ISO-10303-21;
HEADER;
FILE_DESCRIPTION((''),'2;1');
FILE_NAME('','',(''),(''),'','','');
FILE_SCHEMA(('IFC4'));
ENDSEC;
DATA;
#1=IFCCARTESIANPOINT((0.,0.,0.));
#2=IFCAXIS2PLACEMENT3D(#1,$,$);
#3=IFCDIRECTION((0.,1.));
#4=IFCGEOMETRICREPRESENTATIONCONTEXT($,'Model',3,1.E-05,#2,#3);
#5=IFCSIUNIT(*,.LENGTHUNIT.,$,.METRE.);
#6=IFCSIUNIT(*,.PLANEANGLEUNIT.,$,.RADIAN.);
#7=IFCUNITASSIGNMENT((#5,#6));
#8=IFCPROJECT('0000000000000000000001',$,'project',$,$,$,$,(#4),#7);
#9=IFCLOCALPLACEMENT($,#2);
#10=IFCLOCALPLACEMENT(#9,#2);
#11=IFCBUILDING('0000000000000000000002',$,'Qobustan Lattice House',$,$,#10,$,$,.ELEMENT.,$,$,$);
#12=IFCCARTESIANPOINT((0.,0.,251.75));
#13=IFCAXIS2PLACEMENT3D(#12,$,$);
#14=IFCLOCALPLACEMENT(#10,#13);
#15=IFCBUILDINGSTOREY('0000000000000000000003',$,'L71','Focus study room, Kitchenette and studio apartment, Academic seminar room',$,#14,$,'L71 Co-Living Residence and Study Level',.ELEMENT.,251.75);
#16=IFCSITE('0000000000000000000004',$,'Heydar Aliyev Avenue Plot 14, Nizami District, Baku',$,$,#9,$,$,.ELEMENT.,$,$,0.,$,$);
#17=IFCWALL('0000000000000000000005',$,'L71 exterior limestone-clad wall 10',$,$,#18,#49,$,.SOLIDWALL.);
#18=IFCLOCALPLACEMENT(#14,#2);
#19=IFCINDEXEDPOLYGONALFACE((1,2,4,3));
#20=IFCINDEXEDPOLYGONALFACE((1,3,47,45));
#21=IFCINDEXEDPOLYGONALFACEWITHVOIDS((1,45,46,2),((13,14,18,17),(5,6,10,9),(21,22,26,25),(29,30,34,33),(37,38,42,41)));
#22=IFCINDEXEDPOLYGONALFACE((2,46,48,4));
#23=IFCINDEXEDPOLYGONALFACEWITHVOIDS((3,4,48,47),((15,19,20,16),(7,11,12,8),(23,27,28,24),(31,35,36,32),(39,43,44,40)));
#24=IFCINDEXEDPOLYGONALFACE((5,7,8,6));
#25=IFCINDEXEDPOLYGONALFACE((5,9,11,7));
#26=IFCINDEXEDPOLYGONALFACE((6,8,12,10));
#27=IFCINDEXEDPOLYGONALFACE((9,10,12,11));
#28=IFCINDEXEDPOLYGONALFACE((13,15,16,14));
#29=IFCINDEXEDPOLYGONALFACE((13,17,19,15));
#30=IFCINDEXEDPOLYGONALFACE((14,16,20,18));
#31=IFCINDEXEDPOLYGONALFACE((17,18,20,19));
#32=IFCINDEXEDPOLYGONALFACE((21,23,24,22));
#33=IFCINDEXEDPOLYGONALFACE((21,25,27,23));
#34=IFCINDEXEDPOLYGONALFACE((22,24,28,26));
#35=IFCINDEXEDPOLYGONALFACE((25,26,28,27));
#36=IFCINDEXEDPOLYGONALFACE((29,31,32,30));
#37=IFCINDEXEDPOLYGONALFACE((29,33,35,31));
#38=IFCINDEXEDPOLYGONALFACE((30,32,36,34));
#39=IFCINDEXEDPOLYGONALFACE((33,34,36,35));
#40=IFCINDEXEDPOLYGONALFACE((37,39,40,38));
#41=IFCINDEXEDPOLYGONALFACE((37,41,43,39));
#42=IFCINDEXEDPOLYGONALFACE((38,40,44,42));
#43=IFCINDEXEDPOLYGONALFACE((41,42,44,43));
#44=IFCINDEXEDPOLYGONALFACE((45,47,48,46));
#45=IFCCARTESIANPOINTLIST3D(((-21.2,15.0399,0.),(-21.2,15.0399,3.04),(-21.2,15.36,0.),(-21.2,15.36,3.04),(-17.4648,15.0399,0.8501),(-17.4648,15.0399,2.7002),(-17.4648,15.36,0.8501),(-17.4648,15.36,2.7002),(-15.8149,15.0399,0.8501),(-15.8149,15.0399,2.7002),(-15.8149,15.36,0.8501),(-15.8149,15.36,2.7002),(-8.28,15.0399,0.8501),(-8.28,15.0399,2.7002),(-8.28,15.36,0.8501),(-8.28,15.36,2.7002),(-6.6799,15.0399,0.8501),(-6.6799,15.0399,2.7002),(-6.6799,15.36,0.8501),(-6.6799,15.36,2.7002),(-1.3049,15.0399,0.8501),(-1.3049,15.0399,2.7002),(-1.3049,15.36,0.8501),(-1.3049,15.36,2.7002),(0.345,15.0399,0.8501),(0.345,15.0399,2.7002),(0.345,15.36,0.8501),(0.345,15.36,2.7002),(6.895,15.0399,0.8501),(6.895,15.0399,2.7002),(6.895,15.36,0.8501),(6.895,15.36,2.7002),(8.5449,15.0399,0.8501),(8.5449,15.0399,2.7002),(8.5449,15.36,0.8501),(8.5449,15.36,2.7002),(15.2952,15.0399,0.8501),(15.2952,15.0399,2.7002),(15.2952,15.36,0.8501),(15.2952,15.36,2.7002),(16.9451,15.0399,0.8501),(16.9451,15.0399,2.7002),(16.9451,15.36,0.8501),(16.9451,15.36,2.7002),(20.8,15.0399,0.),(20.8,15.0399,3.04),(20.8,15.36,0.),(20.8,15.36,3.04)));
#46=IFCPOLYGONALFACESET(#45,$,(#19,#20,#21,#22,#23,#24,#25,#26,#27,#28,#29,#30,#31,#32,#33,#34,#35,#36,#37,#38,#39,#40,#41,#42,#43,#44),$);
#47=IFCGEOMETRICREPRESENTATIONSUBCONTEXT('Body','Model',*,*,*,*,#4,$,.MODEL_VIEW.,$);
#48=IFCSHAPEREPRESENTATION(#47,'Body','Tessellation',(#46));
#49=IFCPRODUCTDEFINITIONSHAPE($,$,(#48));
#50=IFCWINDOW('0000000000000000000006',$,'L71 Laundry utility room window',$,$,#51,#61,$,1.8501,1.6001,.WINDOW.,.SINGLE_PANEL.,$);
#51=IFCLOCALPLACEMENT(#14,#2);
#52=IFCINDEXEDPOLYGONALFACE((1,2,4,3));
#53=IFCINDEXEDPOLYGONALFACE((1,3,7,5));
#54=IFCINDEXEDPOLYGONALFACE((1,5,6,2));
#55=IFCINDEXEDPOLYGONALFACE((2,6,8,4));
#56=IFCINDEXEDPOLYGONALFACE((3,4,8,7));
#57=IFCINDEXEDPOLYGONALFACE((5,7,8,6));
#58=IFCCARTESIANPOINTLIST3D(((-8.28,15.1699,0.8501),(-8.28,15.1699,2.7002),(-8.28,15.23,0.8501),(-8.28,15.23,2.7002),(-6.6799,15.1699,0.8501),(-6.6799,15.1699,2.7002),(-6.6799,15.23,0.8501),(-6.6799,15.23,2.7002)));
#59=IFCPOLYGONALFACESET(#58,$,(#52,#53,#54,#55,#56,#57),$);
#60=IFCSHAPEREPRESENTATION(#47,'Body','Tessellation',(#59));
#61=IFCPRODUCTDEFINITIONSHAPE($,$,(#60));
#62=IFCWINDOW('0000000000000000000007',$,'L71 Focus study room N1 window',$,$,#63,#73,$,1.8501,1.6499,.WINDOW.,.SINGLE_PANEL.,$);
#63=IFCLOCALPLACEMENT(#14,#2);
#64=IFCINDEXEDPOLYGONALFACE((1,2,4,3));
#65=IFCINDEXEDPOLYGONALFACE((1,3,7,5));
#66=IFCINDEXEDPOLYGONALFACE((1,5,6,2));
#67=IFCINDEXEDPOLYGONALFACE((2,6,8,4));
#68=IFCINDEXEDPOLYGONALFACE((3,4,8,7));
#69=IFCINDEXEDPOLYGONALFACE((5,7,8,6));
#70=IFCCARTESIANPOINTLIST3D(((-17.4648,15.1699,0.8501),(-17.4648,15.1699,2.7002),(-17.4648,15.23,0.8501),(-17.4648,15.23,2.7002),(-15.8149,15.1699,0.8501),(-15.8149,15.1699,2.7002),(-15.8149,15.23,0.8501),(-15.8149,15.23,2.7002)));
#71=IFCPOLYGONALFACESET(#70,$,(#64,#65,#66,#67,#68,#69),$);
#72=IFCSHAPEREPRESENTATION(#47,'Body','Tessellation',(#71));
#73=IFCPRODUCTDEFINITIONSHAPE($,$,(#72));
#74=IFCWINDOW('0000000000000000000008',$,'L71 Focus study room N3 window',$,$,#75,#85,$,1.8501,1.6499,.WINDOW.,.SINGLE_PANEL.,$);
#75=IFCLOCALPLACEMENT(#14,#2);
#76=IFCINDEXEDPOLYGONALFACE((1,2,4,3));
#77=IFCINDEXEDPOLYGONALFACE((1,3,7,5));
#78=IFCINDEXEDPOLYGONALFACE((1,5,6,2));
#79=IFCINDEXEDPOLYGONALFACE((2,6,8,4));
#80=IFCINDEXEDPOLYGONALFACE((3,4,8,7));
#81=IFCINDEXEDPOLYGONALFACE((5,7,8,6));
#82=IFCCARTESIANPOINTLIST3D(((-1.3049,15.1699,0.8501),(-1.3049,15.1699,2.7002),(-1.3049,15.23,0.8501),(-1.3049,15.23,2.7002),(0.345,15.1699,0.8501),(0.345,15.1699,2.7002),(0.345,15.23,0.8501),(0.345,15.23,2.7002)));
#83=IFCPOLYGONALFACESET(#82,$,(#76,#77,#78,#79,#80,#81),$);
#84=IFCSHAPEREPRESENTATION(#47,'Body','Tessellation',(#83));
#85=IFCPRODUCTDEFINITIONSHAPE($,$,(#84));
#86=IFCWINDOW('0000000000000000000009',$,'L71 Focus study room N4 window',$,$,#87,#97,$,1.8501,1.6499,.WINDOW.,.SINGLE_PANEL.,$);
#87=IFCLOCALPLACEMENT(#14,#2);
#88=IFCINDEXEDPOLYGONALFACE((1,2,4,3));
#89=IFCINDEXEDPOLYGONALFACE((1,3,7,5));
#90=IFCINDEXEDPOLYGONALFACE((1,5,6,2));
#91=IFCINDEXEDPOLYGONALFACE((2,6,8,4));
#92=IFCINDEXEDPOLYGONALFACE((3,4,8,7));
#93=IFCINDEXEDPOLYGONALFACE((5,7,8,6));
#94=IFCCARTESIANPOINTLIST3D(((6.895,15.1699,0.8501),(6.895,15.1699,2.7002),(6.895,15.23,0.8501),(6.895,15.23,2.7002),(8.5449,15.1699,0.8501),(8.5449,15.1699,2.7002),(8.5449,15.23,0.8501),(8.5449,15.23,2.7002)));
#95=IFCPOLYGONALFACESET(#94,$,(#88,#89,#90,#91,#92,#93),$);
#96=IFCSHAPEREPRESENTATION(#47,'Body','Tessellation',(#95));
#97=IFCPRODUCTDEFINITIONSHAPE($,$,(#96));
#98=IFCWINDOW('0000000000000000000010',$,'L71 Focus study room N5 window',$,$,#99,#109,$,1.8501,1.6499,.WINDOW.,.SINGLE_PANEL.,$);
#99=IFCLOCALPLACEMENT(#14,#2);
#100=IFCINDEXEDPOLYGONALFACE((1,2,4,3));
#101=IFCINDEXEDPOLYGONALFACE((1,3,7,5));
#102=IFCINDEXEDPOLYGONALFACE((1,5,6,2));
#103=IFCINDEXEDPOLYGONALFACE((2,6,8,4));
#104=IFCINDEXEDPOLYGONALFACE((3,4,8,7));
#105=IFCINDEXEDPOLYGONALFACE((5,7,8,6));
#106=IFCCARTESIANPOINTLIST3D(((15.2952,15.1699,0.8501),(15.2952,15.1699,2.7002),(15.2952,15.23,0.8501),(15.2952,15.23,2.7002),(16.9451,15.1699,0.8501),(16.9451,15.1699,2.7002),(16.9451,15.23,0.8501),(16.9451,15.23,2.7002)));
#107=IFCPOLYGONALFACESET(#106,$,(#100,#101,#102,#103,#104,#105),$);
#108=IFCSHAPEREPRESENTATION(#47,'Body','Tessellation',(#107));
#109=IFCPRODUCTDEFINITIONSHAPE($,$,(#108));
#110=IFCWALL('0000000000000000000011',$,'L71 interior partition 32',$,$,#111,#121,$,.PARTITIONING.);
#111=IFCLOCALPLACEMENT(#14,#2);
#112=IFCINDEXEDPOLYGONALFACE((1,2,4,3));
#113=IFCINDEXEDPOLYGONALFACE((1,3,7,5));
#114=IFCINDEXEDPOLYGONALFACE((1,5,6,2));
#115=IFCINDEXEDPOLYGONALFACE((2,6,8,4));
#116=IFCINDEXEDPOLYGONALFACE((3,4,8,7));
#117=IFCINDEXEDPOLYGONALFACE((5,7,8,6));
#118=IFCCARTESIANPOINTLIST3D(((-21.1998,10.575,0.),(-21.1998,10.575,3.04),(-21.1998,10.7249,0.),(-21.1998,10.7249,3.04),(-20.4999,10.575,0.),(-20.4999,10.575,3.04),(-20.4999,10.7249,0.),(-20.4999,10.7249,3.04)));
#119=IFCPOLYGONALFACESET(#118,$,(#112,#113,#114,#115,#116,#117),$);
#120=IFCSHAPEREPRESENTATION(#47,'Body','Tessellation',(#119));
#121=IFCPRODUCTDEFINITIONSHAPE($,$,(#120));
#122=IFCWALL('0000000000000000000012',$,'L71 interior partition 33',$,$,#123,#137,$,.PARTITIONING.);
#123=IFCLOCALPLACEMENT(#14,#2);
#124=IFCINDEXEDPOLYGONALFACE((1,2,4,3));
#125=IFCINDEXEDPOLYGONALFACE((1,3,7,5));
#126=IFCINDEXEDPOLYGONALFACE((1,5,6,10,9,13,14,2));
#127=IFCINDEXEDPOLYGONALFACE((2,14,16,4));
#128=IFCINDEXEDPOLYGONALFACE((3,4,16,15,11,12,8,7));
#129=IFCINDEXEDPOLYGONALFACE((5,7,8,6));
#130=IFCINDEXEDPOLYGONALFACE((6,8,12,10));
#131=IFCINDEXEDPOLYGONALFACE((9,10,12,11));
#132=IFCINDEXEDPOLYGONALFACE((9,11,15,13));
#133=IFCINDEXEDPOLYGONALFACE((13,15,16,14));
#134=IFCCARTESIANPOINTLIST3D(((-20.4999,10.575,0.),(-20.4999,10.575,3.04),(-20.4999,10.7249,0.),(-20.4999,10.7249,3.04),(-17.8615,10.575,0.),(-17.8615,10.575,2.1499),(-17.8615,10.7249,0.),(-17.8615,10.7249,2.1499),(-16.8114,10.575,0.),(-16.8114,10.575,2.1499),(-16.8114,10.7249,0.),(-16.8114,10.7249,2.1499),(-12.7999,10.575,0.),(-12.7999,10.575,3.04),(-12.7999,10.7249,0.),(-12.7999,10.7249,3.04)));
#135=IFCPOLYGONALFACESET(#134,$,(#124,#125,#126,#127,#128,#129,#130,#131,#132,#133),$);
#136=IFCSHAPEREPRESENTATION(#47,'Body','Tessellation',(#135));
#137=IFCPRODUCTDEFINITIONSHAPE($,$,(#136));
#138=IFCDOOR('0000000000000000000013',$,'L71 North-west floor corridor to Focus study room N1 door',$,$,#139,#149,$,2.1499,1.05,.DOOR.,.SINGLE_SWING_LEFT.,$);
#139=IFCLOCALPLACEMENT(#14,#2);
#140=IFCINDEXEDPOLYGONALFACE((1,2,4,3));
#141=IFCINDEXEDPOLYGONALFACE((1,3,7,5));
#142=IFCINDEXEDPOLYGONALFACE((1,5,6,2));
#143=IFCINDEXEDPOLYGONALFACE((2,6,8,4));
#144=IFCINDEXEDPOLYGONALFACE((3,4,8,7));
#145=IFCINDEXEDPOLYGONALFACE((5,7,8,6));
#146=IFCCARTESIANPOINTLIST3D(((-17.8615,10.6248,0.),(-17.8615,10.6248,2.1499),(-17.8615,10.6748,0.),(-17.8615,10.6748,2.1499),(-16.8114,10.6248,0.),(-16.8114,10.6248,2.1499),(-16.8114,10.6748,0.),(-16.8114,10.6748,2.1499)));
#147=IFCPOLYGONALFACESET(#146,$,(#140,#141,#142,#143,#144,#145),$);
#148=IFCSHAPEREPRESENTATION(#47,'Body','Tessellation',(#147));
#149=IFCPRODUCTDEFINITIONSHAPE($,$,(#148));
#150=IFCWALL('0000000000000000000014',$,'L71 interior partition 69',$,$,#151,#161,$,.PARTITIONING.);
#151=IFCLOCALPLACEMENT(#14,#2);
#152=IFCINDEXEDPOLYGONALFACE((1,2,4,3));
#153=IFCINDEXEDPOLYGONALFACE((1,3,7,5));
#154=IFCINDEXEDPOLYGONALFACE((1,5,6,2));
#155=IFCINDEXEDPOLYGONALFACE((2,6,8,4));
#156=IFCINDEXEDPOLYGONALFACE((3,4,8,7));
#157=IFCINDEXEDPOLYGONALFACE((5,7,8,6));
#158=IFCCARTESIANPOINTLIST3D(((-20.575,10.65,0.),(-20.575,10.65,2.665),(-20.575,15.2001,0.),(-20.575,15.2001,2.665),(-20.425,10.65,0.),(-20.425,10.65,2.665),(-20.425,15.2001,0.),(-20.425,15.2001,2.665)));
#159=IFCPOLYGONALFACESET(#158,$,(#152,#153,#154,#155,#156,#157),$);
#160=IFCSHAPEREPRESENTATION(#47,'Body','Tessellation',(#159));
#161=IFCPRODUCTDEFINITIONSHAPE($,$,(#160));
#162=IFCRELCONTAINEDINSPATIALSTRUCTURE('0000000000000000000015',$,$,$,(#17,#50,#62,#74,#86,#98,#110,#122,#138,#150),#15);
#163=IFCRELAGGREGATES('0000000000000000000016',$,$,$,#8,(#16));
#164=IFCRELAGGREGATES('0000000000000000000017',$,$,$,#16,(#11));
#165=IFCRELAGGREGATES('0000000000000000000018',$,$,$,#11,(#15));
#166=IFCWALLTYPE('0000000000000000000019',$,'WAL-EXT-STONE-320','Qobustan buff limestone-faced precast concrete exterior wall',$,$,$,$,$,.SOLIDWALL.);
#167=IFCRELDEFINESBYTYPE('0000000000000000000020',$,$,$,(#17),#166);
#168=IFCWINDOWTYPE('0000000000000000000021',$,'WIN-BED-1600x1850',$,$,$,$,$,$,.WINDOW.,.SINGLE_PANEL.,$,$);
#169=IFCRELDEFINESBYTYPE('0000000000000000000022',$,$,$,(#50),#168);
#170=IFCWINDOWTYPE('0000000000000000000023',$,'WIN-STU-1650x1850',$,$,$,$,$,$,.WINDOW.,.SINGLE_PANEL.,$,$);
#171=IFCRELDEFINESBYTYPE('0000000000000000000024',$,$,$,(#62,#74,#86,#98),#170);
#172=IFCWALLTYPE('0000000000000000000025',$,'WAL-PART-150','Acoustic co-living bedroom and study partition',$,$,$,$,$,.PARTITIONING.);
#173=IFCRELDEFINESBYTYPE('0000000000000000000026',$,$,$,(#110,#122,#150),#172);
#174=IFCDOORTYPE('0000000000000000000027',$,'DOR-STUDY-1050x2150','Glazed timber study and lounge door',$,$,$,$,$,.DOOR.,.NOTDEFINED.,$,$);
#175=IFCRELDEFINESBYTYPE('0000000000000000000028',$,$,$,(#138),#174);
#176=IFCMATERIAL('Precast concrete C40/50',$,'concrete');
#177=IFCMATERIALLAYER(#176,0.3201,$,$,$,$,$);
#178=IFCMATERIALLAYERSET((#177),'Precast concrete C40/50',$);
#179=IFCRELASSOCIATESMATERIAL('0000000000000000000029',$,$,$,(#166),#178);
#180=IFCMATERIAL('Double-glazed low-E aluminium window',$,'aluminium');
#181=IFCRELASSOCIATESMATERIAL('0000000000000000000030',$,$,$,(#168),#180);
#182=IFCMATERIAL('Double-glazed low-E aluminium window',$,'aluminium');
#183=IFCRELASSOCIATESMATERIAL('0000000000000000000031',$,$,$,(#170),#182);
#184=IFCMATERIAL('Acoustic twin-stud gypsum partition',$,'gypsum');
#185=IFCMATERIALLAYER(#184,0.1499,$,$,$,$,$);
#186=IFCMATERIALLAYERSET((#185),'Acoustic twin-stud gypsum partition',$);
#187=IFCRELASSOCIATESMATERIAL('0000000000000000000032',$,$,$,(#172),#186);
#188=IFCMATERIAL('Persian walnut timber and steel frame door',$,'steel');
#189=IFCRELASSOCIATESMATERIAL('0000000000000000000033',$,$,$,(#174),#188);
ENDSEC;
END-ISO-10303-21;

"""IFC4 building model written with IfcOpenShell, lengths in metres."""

from ifc_helpers import new_model, si_unit, direction, frame, frame_2d, origin, place, context, subcontext, project, spatial, rectangle, extrude, material, layer, layer_set, type_object, element, fill, save


model = new_model("IFC4")

# Units and contexts
model_context = context("Model", 3, precision=1e-05, world=origin(), true_north=direction((0.0, 1.0)))
body_context = subcontext(model_context, "Body", "Model", "MODEL_VIEW")
ifc_project = project(units=[si_unit("LENGTHUNIT", "METRE"), si_unit("PLANEANGLEUNIT", "RADIAN")], contexts=[model_context])

# Site, building, storey
site_placement = place(None, origin())
site = spatial("IfcSite", under=ifc_project, at=site_placement, Name="Heydar Aliyev Avenue Plot 14, Nizami District, Baku", CompositionType="ELEMENT", RefElevation=0.0)
building_placement = place(site_placement, origin())
building = spatial("IfcBuilding", under=site, at=building_placement, Name="Qobustan Lattice House", CompositionType="ELEMENT")
storey_placement = place(building_placement, frame((0.0, 0.0, 251.75)))
storey = spatial("IfcBuildingStorey", under=building, at=storey_placement, Name="L71", Description="Focus study room, Kitchenette and studio apartment, Academic seminar room", LongName="L71 Co-Living Residence and Study Level", CompositionType="ELEMENT", Elevation=251.75)

# Shared definitions
ifc_material_1 = material(Name="Precast concrete C40/50", Category="concrete")
ifc_layer_1 = layer(ifc_material_1, 0.3201)
ifc_layer_set_1 = layer_set([ifc_layer_1], Name="Precast concrete C40/50")
wall_type_1 = type_object("IfcWallType", Name="WAL-EXT-STONE-320", Description="Qobustan buff limestone-faced precast concrete exterior wall", PredefinedType="SOLIDWALL", material=ifc_layer_set_1)

# Wall, openings, windows
wall_1_placement = place(storey_placement, frame((-21.2, 15.2, 0.0), z_axis=(0.0, 0.0, 1.0), x_axis=(1.0, 0.0, 0.0)))
wall_1 = element("IfcWall", 1, at=wall_1_placement, inside=storey, type_object=wall_type_1, Name="L71 exterior limestone-clad wall 10", PredefinedType="SOLIDWALL", context=body_context, shape_type="SweptSolid", body=[
    extrude(rectangle(XDim=42.0, YDim=0.3201, at=frame_2d((21.0, 0.0))), origin(), (0.0, 0.0, 1.0), 3.04),
])
opening_1_placement = place(wall_1_placement, frame((3.7351, 0.0, 0.8501)))
opening_1 = element("IfcOpeningElement", 2, at=opening_1_placement, cuts=wall_1, PredefinedType="OPENING", context=body_context, shape_type="SweptSolid", body=[
    extrude(rectangle(XDim=1.6499, YDim=1.8501, at=frame_2d((0.825, 0.925))), frame((0.0, 0.1699, 0.0), z_axis=(0.0, -1.0, 0.0), x_axis=(1.0, 0.0, 0.0)), (0.0, 0.0, 1.0), 0.3401),
])
opening_2_placement = place(wall_1_placement, frame((12.9199, 0.0, 0.8501)))
opening_2 = element("IfcOpeningElement", 3, at=opening_2_placement, cuts=wall_1, PredefinedType="OPENING", context=body_context, shape_type="SweptSolid", body=[
    extrude(rectangle(XDim=1.6001, YDim=1.8501, at=frame_2d((0.8, 0.925))), frame((0.0, 0.1699, 0.0), z_axis=(0.0, -1.0, 0.0), x_axis=(1.0, 0.0, 0.0)), (0.0, 0.0, 1.0), 0.3401),
])
opening_3_placement = place(wall_1_placement, frame((19.895, 0.0, 0.8501)))
opening_3 = element("IfcOpeningElement", 4, at=opening_3_placement, cuts=wall_1, PredefinedType="OPENING", context=body_context, shape_type="SweptSolid", body=[
    extrude(rectangle(XDim=1.6499, YDim=1.8501, at=frame_2d((0.825, 0.925))), frame((0.0, 0.1699, 0.0), z_axis=(0.0, -1.0, 0.0), x_axis=(1.0, 0.0, 0.0)), (0.0, 0.0, 1.0), 0.3401),
])
opening_4_placement = place(wall_1_placement, frame((28.095, 0.0, 0.8501)))
opening_4 = element("IfcOpeningElement", 5, at=opening_4_placement, cuts=wall_1, PredefinedType="OPENING", context=body_context, shape_type="SweptSolid", body=[
    extrude(rectangle(XDim=1.6499, YDim=1.8501, at=frame_2d((0.825, 0.925))), frame((0.0, 0.1699, 0.0), z_axis=(0.0, -1.0, 0.0), x_axis=(1.0, 0.0, 0.0)), (0.0, 0.0, 1.0), 0.3401),
])
opening_5_placement = place(wall_1_placement, frame((36.4951, 0.0, 0.8501)))
opening_5 = element("IfcOpeningElement", 6, at=opening_5_placement, cuts=wall_1, PredefinedType="OPENING", context=body_context, shape_type="SweptSolid", body=[
    extrude(rectangle(XDim=1.6499, YDim=1.8501, at=frame_2d((0.825, 0.925))), frame((0.0, 0.1699, 0.0), z_axis=(0.0, -1.0, 0.0), x_axis=(1.0, 0.0, 0.0)), (0.0, 0.0, 1.0), 0.3401),
])
ifc_material_2 = material(Name="Double-glazed low-E aluminium window", Category="aluminium")
window_type_1 = type_object("IfcWindowType", Name="WIN-BED-1600x1850", PartitioningType="SINGLE_PANEL", PredefinedType="WINDOW", material=ifc_material_2)
window_1_placement = place(opening_2_placement, origin())
window_1 = element("IfcWindow", 7, at=window_1_placement, inside=storey, type_object=window_type_1, Name="L71 Laundry utility room window", OverallHeight=1.8501, OverallWidth=1.6001, PartitioningType="SINGLE_PANEL", PredefinedType="WINDOW", context=body_context, shape_type="SweptSolid", body=[
    extrude(rectangle(XDim=1.6001, YDim=1.8501, at=frame_2d((0.8, 0.925))), frame((0.0, 0.03, 0.0), z_axis=(0.0, -1.0, 0.0), x_axis=(1.0, 0.0, 0.0)), (0.0, 0.0, 1.0), 0.0601),
])
fill(opening_2, window_1)
ifc_material_3 = material(Name="Double-glazed low-E aluminium window", Category="aluminium")
window_type_2 = type_object("IfcWindowType", Name="WIN-STU-1650x1850", PartitioningType="SINGLE_PANEL", PredefinedType="WINDOW", material=ifc_material_3)
window_2_placement = place(opening_1_placement, origin())
window_2 = element("IfcWindow", 8, at=window_2_placement, inside=storey, type_object=window_type_2, Name="L71 Focus study room N1 window", OverallHeight=1.8501, OverallWidth=1.6499, PartitioningType="SINGLE_PANEL", PredefinedType="WINDOW", context=body_context, shape_type="SweptSolid", body=[
    extrude(rectangle(XDim=1.6499, YDim=1.8501, at=frame_2d((0.825, 0.925))), frame((0.0, 0.03, 0.0), z_axis=(0.0, -1.0, 0.0), x_axis=(1.0, 0.0, 0.0)), (0.0, 0.0, 1.0), 0.0601),
])
fill(opening_1, window_2)
window_3_placement = place(opening_3_placement, origin())
window_3 = element("IfcWindow", 9, at=window_3_placement, inside=storey, type_object=window_type_2, Name="L71 Focus study room N3 window", OverallHeight=1.8501, OverallWidth=1.6499, PartitioningType="SINGLE_PANEL", PredefinedType="WINDOW", context=body_context, shape_type="SweptSolid", body=[
    extrude(rectangle(XDim=1.6499, YDim=1.8501, at=frame_2d((0.825, 0.925))), frame((0.0, 0.03, 0.0), z_axis=(0.0, -1.0, 0.0), x_axis=(1.0, 0.0, 0.0)), (0.0, 0.0, 1.0), 0.0601),
])
fill(opening_3, window_3)
window_4_placement = place(opening_4_placement, origin())
window_4 = element("IfcWindow", 10, at=window_4_placement, inside=storey, type_object=window_type_2, Name="L71 Focus study room N4 window", OverallHeight=1.8501, OverallWidth=1.6499, PartitioningType="SINGLE_PANEL", PredefinedType="WINDOW", context=body_context, shape_type="SweptSolid", body=[
    extrude(rectangle(XDim=1.6499, YDim=1.8501, at=frame_2d((0.825, 0.925))), frame((0.0, 0.03, 0.0), z_axis=(0.0, -1.0, 0.0), x_axis=(1.0, 0.0, 0.0)), (0.0, 0.0, 1.0), 0.0601),
])
fill(opening_4, window_4)
window_5_placement = place(opening_5_placement, origin())
window_5 = element("IfcWindow", 11, at=window_5_placement, inside=storey, type_object=window_type_2, Name="L71 Focus study room N5 window", OverallHeight=1.8501, OverallWidth=1.6499, PartitioningType="SINGLE_PANEL", PredefinedType="WINDOW", context=body_context, shape_type="SweptSolid", body=[
    extrude(rectangle(XDim=1.6499, YDim=1.8501, at=frame_2d((0.825, 0.925))), frame((0.0, 0.03, 0.0), z_axis=(0.0, -1.0, 0.0), x_axis=(1.0, 0.0, 0.0)), (0.0, 0.0, 1.0), 0.0601),
])
fill(opening_5, window_5)

# Wall
ifc_material_4 = material(Name="Acoustic twin-stud gypsum partition", Category="gypsum")
ifc_layer_2 = layer(ifc_material_4, 0.1499)
ifc_layer_set_2 = layer_set([ifc_layer_2], Name="Acoustic twin-stud gypsum partition")
wall_type_2 = type_object("IfcWallType", Name="WAL-PART-150", Description="Acoustic co-living bedroom and study partition", PredefinedType="PARTITIONING", material=ifc_layer_set_2)
wall_2_placement = place(storey_placement, frame((-21.2, 10.6499, 0.0), z_axis=(0.0, 0.0, 1.0), x_axis=(1.0, 0.0, 0.0)))
element("IfcWall", 12, at=wall_2_placement, inside=storey, type_object=wall_type_2, Name="L71 interior partition 32", PredefinedType="PARTITIONING", context=body_context, shape_type="SweptSolid", body=[
    extrude(rectangle(XDim=0.7, YDim=0.1499, at=frame_2d((0.3501, 0.0))), origin(), (0.0, 0.0, 1.0), 3.04),
])

# Wall, opening, door
wall_3_placement = place(storey_placement, frame((-20.5, 10.6499, 0.0), z_axis=(0.0, 0.0, 1.0), x_axis=(1.0, 0.0, 0.0)))
wall_3 = element("IfcWall", 13, at=wall_3_placement, inside=storey, type_object=wall_type_2, Name="L71 interior partition 33", PredefinedType="PARTITIONING", context=body_context, shape_type="SweptSolid", body=[
    extrude(rectangle(XDim=7.7, YDim=0.1499, at=frame_2d((3.8501, 0.0))), origin(), (0.0, 0.0, 1.0), 3.04),
])
opening_6_placement = place(wall_3_placement, frame((2.6387, 0.0, 0.0)))
opening_6 = element("IfcOpeningElement", 14, at=opening_6_placement, cuts=wall_3, PredefinedType="OPENING", context=body_context, shape_type="SweptSolid", body=[
    extrude(rectangle(XDim=1.05, YDim=2.1499, at=frame_2d((0.5249, 1.075))), frame((0.0, 0.085, 0.0), z_axis=(0.0, -1.0, 0.0), x_axis=(1.0, 0.0, 0.0)), (0.0, 0.0, 1.0), 0.1699),
])
ifc_material_5 = material(Name="Persian walnut timber and steel frame door", Category="steel")
door_type = type_object("IfcDoorType", Name="DOR-STUDY-1050x2150", Description="Glazed timber study and lounge door", OperationType="NOTDEFINED", PredefinedType="DOOR", material=ifc_material_5)
door_placement = place(opening_6_placement, origin())
door = element("IfcDoor", 15, at=door_placement, inside=storey, type_object=door_type, Name="L71 North-west floor corridor to Focus study room N1 door", OperationType="SINGLE_SWING_LEFT", OverallHeight=2.1499, OverallWidth=1.05, PredefinedType="DOOR", context=body_context, shape_type="SweptSolid", body=[
    extrude(rectangle(XDim=1.05, YDim=2.1499, at=frame_2d((0.5249, 1.075))), frame((0.0, 0.0249, 0.0), z_axis=(0.0, -1.0, 0.0), x_axis=(1.0, 0.0, 0.0)), (0.0, 0.0, 1.0), 0.05),
])
fill(opening_6, door)

# Wall
wall_4_placement = place(storey_placement, frame((-20.5, 15.2, 0.0), z_axis=(0.0, 0.0, 1.0), x_axis=(0.0, -1.0, 0.0)))
element("IfcWall", 16, at=wall_4_placement, inside=storey, type_object=wall_type_2, Name="L71 interior partition 69", PredefinedType="PARTITIONING", context=body_context, shape_type="SweptSolid", body=[
    extrude(rectangle(XDim=4.55, YDim=0.1499, at=frame_2d((2.2749, 0.0))), origin(), (0.0, 0.0, 1.0), 2.665),
])

save(model, "model.ifc")
